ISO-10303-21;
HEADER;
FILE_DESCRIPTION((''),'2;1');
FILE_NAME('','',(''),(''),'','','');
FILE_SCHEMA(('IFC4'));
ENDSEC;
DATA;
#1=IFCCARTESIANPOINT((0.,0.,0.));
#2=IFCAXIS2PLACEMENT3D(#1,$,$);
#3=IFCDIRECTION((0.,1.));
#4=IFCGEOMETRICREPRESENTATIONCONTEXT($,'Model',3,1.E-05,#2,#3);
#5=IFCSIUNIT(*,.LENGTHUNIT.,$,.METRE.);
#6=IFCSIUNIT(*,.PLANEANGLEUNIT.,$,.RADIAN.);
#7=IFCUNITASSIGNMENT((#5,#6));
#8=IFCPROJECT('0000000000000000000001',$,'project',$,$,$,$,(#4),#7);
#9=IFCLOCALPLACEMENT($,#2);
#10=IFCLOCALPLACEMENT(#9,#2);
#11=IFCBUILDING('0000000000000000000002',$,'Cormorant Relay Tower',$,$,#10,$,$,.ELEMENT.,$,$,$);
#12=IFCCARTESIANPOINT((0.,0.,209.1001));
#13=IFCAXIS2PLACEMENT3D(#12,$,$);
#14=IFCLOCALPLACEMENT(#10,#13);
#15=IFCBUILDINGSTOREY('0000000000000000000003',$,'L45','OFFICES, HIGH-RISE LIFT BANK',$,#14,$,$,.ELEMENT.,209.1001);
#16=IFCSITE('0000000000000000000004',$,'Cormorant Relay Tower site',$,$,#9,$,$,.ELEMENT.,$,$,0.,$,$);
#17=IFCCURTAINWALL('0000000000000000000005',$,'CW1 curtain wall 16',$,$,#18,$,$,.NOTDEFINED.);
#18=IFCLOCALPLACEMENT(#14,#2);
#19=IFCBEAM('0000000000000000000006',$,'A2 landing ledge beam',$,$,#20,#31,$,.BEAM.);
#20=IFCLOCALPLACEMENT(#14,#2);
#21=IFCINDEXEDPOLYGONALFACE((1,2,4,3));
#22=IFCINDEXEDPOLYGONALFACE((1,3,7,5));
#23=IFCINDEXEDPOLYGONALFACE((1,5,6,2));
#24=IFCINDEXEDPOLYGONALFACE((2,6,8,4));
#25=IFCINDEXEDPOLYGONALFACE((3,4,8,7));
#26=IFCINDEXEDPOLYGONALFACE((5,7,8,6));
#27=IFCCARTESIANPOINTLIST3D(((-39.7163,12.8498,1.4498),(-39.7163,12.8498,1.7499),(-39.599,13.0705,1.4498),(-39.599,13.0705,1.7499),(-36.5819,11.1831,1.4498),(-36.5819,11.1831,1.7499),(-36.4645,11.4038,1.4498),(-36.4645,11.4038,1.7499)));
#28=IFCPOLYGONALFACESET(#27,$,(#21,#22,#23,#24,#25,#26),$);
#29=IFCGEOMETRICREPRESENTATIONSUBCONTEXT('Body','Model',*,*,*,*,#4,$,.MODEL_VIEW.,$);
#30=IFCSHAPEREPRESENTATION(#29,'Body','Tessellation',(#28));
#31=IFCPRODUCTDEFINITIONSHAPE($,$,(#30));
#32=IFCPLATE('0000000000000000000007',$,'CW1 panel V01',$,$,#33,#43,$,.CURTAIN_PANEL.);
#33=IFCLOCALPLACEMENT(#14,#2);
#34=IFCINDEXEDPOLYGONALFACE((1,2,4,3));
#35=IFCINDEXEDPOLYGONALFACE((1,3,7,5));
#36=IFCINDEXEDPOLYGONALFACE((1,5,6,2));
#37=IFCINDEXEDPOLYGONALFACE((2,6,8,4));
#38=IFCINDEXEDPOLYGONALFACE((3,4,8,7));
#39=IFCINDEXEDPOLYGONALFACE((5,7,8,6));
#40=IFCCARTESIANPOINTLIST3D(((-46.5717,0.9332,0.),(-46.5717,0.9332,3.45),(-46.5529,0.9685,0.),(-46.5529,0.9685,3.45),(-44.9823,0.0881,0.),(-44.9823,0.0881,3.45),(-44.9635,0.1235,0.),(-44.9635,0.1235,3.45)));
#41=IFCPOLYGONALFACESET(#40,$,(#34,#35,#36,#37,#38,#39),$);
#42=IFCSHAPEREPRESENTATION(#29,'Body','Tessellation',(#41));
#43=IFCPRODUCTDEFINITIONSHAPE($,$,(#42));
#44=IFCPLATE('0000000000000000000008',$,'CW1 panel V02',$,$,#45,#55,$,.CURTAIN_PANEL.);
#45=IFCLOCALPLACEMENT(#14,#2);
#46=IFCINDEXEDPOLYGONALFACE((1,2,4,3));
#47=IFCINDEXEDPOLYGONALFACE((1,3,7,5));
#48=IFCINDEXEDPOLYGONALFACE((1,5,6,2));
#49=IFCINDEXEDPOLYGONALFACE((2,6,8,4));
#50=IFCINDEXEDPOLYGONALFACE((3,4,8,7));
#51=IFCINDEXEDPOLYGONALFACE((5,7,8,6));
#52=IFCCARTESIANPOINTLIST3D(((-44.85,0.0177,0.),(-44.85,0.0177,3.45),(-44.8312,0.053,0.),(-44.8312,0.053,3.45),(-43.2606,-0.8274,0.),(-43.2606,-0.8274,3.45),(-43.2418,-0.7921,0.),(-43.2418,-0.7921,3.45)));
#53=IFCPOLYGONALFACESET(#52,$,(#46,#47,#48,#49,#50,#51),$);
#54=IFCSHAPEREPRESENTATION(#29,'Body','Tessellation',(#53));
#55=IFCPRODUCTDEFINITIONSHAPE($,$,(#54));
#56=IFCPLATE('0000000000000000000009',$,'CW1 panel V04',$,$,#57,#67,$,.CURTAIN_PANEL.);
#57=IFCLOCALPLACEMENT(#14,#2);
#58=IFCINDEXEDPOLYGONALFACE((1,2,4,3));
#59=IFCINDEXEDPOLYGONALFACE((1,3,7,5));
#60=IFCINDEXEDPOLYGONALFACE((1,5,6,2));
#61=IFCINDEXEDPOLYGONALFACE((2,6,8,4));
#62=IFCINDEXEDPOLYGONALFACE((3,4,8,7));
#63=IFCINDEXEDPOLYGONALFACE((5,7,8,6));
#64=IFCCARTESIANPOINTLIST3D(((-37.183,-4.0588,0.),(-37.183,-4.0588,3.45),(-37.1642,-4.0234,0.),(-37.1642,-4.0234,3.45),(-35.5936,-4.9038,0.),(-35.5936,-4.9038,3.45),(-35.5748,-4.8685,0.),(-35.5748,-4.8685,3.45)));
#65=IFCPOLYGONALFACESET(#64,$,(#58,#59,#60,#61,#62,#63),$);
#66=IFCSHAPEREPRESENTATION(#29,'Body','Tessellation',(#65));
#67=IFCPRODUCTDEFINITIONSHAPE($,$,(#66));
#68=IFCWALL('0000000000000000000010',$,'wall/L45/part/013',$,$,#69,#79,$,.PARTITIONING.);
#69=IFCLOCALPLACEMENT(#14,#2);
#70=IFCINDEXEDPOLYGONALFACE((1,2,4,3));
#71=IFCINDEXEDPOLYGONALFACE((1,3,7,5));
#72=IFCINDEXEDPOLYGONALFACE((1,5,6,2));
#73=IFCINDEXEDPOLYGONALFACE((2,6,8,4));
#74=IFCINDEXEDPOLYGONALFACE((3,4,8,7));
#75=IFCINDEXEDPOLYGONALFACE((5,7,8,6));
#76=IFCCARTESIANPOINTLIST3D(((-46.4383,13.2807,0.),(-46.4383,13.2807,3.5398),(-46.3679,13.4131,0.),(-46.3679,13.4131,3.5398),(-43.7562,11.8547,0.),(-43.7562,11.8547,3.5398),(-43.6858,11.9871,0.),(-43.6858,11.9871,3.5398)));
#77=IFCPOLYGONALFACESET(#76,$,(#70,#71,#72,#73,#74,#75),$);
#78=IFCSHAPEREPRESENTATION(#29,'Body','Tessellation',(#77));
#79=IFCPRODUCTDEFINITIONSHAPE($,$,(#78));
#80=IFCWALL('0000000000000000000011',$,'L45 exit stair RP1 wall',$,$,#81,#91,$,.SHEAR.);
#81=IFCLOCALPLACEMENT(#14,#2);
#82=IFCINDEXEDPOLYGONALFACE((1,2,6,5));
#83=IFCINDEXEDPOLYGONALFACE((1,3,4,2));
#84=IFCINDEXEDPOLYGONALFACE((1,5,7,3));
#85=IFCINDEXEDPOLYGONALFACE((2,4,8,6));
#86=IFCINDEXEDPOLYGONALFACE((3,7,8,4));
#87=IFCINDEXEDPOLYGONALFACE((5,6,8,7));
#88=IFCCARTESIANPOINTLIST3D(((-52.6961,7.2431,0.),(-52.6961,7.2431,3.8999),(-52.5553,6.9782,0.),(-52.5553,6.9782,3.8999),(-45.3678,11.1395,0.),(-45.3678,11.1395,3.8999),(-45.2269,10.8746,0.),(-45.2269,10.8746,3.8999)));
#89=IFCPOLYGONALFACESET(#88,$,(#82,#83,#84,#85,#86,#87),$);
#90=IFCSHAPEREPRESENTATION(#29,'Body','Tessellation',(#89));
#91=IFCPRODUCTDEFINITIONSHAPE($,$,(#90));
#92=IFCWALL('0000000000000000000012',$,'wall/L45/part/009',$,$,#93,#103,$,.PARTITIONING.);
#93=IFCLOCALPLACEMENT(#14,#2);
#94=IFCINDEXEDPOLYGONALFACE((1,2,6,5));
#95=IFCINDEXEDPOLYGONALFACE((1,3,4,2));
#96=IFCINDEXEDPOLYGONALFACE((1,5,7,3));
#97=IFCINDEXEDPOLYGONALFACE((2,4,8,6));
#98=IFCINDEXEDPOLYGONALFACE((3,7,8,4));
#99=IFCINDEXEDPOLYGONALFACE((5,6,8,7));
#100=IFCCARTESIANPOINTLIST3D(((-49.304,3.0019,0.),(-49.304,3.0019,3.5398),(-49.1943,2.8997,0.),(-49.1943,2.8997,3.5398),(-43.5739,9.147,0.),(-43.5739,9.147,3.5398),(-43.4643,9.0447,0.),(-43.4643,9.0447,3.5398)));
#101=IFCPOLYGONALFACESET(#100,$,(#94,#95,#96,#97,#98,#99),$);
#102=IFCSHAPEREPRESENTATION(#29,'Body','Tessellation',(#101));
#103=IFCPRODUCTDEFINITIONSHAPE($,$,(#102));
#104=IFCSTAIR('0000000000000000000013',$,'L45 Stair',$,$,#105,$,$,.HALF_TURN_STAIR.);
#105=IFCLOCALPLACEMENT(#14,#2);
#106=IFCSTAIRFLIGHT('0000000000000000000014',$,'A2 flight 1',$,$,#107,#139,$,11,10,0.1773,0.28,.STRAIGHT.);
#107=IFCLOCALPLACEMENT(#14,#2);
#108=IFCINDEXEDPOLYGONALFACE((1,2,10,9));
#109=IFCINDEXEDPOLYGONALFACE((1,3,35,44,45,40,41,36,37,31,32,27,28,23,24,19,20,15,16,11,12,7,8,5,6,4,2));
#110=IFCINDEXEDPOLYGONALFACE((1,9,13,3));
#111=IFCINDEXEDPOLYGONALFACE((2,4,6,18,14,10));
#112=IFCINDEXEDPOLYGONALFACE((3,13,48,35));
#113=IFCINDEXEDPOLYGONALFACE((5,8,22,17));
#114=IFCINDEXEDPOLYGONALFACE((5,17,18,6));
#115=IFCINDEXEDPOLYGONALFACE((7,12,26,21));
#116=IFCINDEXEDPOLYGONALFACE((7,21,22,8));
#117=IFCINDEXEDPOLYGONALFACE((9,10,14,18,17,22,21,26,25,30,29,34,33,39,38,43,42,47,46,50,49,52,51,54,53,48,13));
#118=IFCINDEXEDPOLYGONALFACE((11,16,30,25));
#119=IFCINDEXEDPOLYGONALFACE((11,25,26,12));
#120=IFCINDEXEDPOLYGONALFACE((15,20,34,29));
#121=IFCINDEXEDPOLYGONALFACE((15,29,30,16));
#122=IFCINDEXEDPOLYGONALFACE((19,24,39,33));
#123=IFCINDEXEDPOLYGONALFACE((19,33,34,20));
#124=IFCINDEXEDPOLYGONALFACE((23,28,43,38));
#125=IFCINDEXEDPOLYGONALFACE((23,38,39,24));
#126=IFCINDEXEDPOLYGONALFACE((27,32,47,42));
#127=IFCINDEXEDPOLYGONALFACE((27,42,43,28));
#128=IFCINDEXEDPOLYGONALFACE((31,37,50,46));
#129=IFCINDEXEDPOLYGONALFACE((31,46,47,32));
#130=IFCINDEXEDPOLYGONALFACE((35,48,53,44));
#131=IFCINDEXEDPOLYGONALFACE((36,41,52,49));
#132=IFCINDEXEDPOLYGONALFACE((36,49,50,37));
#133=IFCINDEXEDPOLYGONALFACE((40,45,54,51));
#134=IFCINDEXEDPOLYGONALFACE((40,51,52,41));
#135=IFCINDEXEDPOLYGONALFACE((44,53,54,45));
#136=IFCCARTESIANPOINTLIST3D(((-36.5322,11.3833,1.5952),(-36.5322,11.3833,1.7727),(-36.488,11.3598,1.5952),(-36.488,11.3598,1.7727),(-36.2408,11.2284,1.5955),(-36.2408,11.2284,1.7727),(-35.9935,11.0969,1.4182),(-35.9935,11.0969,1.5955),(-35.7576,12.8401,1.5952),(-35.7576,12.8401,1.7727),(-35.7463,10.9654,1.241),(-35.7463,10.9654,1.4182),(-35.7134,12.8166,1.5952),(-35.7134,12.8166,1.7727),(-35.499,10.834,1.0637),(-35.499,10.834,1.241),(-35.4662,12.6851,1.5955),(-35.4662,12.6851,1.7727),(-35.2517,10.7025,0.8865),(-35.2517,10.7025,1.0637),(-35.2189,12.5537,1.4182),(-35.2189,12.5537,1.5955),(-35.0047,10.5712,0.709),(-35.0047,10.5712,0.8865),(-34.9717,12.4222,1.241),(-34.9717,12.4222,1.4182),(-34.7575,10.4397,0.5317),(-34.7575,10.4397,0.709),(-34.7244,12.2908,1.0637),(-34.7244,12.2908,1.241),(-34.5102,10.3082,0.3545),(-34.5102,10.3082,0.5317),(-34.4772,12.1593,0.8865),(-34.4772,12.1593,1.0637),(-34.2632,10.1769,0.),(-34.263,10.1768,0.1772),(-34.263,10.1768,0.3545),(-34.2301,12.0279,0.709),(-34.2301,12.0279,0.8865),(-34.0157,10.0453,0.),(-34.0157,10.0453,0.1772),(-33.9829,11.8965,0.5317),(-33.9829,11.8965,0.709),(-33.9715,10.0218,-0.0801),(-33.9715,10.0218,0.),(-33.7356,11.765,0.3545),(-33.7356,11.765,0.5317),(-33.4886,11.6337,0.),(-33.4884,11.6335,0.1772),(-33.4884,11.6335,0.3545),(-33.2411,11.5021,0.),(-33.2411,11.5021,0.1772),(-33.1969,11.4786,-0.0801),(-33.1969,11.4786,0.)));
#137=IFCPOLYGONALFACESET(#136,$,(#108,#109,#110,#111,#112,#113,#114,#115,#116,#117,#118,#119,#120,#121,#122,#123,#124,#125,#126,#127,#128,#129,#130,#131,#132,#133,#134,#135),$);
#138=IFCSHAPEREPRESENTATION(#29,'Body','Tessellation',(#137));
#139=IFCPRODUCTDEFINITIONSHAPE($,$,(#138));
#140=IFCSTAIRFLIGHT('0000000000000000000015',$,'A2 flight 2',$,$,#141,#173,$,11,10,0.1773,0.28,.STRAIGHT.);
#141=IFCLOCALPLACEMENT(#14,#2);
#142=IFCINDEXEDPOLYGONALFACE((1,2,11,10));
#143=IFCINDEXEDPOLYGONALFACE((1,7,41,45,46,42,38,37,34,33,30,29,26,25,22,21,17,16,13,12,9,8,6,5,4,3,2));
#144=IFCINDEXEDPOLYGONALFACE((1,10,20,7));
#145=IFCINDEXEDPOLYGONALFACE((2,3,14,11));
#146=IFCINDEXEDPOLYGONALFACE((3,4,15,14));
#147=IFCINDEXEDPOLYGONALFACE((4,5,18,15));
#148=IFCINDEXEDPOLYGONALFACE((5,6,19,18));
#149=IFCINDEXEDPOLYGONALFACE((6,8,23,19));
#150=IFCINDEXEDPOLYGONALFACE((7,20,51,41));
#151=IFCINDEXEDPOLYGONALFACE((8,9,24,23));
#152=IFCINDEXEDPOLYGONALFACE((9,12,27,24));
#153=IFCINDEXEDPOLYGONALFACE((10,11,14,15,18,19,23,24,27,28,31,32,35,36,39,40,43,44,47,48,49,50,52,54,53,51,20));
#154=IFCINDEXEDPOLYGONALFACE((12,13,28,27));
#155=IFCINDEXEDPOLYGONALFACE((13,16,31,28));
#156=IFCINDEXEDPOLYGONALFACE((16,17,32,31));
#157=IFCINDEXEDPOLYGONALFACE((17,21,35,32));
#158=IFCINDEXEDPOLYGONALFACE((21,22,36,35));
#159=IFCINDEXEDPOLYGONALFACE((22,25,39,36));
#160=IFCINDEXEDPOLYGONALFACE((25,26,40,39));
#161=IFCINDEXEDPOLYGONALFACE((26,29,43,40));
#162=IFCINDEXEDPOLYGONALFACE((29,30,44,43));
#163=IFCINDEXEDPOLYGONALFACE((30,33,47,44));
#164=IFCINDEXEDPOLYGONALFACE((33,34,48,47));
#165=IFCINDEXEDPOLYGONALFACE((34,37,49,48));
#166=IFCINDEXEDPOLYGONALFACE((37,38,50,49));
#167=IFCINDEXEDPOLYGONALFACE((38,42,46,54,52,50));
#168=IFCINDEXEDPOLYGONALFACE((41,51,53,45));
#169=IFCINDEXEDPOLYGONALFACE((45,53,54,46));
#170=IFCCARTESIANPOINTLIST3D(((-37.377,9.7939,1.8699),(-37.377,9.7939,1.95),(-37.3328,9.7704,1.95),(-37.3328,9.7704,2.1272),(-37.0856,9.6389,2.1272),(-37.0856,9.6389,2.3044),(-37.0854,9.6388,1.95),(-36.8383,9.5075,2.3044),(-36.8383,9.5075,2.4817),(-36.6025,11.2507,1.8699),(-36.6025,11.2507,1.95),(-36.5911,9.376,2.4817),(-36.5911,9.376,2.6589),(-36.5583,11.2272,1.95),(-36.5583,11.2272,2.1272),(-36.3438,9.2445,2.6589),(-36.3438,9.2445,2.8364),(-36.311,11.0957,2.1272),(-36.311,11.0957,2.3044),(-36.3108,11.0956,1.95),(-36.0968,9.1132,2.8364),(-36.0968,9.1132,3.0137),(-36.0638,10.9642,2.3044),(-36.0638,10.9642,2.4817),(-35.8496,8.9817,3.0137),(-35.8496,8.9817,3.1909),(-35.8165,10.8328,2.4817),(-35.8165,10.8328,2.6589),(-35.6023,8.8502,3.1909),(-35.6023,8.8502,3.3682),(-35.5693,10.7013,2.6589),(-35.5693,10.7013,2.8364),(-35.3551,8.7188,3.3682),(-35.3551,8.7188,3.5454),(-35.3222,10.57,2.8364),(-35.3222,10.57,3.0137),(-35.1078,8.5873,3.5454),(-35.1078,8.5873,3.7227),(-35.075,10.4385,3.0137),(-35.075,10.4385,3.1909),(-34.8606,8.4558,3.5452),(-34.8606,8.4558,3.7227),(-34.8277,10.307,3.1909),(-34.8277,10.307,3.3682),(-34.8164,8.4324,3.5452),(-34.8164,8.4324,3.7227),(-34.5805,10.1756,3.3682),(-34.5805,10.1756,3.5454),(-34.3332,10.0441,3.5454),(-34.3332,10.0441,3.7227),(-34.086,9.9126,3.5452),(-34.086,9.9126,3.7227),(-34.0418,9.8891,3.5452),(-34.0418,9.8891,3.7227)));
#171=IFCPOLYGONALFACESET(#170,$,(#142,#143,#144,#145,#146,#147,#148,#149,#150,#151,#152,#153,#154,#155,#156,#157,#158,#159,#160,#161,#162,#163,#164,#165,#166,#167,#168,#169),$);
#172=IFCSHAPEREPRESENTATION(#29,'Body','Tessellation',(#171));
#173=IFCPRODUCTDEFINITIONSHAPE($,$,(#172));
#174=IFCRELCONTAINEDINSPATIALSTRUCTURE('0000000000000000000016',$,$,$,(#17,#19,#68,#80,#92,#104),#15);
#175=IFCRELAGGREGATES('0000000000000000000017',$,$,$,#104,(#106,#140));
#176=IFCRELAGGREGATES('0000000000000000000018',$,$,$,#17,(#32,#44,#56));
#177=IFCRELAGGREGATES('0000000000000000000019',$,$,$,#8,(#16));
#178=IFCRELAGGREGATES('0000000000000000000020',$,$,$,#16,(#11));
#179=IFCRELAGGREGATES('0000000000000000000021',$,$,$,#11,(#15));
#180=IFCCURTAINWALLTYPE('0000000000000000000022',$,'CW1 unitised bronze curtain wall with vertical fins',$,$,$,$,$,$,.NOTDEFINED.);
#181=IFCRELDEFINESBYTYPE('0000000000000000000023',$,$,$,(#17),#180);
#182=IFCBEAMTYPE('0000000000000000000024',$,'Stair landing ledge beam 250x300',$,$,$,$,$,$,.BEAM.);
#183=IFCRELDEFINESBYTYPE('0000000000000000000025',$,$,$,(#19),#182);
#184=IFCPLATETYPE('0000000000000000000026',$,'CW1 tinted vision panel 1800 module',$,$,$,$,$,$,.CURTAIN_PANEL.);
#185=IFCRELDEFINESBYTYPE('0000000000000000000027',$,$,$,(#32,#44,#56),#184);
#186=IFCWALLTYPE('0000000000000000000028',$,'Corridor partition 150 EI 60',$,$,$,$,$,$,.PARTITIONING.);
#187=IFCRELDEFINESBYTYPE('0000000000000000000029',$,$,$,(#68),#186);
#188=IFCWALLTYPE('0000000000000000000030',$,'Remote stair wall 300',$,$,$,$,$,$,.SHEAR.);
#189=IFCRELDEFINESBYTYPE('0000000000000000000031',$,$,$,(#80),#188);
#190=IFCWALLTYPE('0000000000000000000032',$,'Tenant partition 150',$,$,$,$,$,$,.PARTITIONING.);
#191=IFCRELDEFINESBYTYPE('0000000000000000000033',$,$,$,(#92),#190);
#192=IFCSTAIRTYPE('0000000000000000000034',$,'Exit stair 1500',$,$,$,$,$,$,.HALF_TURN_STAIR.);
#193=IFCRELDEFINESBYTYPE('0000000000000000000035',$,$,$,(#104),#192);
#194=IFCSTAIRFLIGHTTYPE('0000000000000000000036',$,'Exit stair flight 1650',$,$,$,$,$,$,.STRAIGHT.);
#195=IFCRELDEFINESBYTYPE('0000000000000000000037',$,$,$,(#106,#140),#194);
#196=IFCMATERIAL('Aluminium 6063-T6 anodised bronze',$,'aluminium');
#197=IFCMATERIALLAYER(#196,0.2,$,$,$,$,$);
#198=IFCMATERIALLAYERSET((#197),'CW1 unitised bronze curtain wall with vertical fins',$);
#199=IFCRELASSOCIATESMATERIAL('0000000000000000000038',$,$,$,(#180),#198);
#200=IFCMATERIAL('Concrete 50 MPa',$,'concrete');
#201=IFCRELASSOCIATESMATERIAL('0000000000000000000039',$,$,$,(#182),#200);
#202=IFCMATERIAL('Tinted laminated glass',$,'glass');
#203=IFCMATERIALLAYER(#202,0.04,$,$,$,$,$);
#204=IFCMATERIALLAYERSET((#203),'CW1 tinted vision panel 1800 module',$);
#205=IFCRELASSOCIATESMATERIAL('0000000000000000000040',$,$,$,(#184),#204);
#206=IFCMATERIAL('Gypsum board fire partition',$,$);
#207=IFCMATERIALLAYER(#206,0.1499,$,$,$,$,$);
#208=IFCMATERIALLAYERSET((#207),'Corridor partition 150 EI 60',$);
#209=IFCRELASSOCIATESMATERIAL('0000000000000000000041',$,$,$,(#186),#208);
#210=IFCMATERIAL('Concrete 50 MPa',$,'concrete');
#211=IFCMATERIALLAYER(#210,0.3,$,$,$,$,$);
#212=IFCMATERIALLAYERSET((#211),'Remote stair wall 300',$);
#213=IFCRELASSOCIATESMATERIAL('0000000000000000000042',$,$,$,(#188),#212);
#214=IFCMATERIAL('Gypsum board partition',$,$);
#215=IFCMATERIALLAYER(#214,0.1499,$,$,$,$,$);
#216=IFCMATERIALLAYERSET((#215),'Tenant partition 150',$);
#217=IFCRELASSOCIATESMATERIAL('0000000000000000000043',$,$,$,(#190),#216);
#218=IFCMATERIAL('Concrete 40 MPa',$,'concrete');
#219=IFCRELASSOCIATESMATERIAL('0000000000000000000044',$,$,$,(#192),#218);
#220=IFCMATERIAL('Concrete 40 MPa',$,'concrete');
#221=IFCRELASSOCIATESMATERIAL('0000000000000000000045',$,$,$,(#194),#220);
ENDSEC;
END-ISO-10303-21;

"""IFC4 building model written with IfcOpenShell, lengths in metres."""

from ifc_helpers import new_model, si_unit, direction, frame, frame_2d, origin, origin_2d, place, context, subcontext, project, spatial, polyline, rectangle, outline, extrude, material, layer, layer_set, material_profile, profile_set, type_object, element, aggregate, save


model = new_model("IFC4")

# Units and contexts
model_context = context("Model", 3, precision=1e-05, world=origin(), true_north=direction((0.0, 1.0)))
body_context = subcontext(model_context, "Body", "Model", "MODEL_VIEW")
ifc_project = project(units=[si_unit("LENGTHUNIT", "METRE"), si_unit("PLANEANGLEUNIT", "RADIAN")], contexts=[model_context])

# Site, building, storey
site_placement = place(None, origin())
site = spatial("IfcSite", under=ifc_project, at=site_placement, Name="Cormorant Relay Tower site", CompositionType="ELEMENT", RefElevation=0.0)
building_placement = place(site_placement, origin())
building = spatial("IfcBuilding", under=site, at=building_placement, Name="Cormorant Relay Tower", CompositionType="ELEMENT")
storey_placement = place(building_placement, frame((0.0, 0.0, 209.1001)))
storey = spatial("IfcBuildingStorey", under=building, at=storey_placement, Name="L45", Description="OFFICES, HIGH-RISE LIFT BANK", CompositionType="ELEMENT", Elevation=209.1001)

# Curtain wall
ifc_material_1 = material(Name="Aluminium 6063-T6 anodised bronze", Category="aluminium")
ifc_layer_1 = layer(ifc_material_1, 0.2)
ifc_layer_set_1 = layer_set([ifc_layer_1], Name="CW1 unitised bronze curtain wall with vertical fins")
curtain_wall_type = type_object("IfcCurtainWallType", Name="CW1 unitised bronze curtain wall with vertical fins", PredefinedType="NOTDEFINED", material=ifc_layer_set_1)
curtain_wall_placement = place(storey_placement, origin())
curtain_wall = element("IfcCurtainWall", 1, at=curtain_wall_placement, inside=storey, type_object=curtain_wall_type, Name="CW1 curtain wall 16", PredefinedType="NOTDEFINED")

# Beam
ifc_material_2 = material(Name="Concrete 50 MPa", Category="concrete")
ifc_material_profile_1 = material_profile(ifc_material_2, rectangle(XDim=0.25, YDim=0.3, at=origin_2d()), Name="RC 250x300")
ifc_profile_set_1 = profile_set([ifc_material_profile_1], Name="Concrete 50 MPa")
beam_type_1 = type_object("IfcBeamType", Name="Stair landing ledge beam 250x300", PredefinedType="BEAM", material=ifc_profile_set_1)
beam_1_placement = place(storey_placement, frame((-36.5232, 11.2935, 1.5999), z_axis=(-0.882937, 0.469492, 0.0), x_axis=(-0.469492, -0.882937, 0.0)))
element("IfcBeam", 2, at=beam_1_placement, inside=storey, type_object=beam_type_1, Name="A2 landing ledge beam", PredefinedType="BEAM", context=body_context, shape_type="SweptSolid", body=[
    extrude(rectangle(XDim=0.25, YDim=0.3, at=origin_2d()), origin(), (0.0, 0.0, 1.0), 3.55),
])

# Plates
ifc_material_3 = material(Name="Tinted laminated glass", Category="glass")
ifc_layer_2 = layer(ifc_material_3, 0.04)
ifc_layer_set_2 = layer_set([ifc_layer_2], Name="CW1 tinted vision panel 1800 module")
plate_type = type_object("IfcPlateType", Name="CW1 tinted vision panel 1800 module", PredefinedType="CURTAIN_PANEL", material=ifc_layer_set_2)
plate_1_placement = place(storey_placement, frame((-45.7676, 0.5283, 0.0), z_axis=(0.0, 0.0, 1.0), x_axis=(0.882948, -0.469472, 0.0)))
plate_1 = element("IfcPlate", 3, at=plate_1_placement, type_object=plate_type, Name="CW1 panel V01", PredefinedType="CURTAIN_PANEL", context=body_context, shape_type="SweptSolid", body=[
    extrude(rectangle(XDim=1.8, YDim=0.04, at=origin_2d()), origin(), (0.0, 0.0, 1.0), 3.45),
])
plate_2_placement = place(storey_placement, frame((-44.0459, -0.3872, 0.0), z_axis=(0.0, 0.0, 1.0), x_axis=(0.882948, -0.469472, 0.0)))
plate_2 = element("IfcPlate", 4, at=plate_2_placement, type_object=plate_type, Name="CW1 panel V02", PredefinedType="CURTAIN_PANEL", context=body_context, shape_type="SweptSolid", body=[
    extrude(rectangle(XDim=1.8, YDim=0.04, at=origin_2d()), origin(), (0.0, 0.0, 1.0), 3.45),
])
plate_3_placement = place(storey_placement, frame((-36.3789, -4.4636, 0.0), z_axis=(0.0, 0.0, 1.0), x_axis=(0.882948, -0.469472, 0.0)))
plate_3 = element("IfcPlate", 5, at=plate_3_placement, type_object=plate_type, Name="CW1 panel V04", PredefinedType="CURTAIN_PANEL", context=body_context, shape_type="SweptSolid", body=[
    extrude(rectangle(XDim=1.8, YDim=0.04, at=origin_2d()), origin(), (0.0, 0.0, 1.0), 3.45),
])

# Walls
ifc_material_4 = material(Name="Gypsum board fire partition")
ifc_layer_3 = layer(ifc_material_4, 0.1499)
ifc_layer_set_3 = layer_set([ifc_layer_3], Name="Corridor partition 150 EI 60")
wall_type_1 = type_object("IfcWallType", Name="Corridor partition 150 EI 60", PredefinedType="PARTITIONING", material=ifc_layer_set_3)
wall_1_placement = place(storey_placement, frame((-46.4031, 13.3469, 0.0), z_axis=(0.0, 0.0, 1.0), x_axis=(0.88296, -0.469449, 0.0)))
element("IfcWall", 6, at=wall_1_placement, inside=storey, type_object=wall_type_1, Name="wall/L45/part/013", PredefinedType="PARTITIONING", context=body_context, shape_type="SweptSolid", body=[
    extrude(rectangle(XDim=3.0376, YDim=0.1499, at=frame_2d((1.5188, 0.0))), origin(), (0.0, 0.0, 1.0), 3.5398),
])
ifc_material_5 = material(Name="Concrete 50 MPa", Category="concrete")
ifc_layer_4 = layer(ifc_material_5, 0.3)
ifc_layer_set_4 = layer_set([ifc_layer_4], Name="Remote stair wall 300")
wall_type_2 = type_object("IfcWallType", Name="Remote stair wall 300", PredefinedType="SHEAR", material=ifc_layer_set_4)
wall_2_placement = place(storey_placement, frame((-45.2974, 11.0071, 0.0), z_axis=(0.0, 0.0, 1.0), x_axis=(-0.882952, -0.469464, 0.0)))
element("IfcWall", 7, at=wall_2_placement, inside=storey, type_object=wall_type_2, Name="L45 exit stair RP1 wall", PredefinedType="SHEAR", context=body_context, shape_type="SweptSolid", body=[
    extrude(rectangle(XDim=8.2998, YDim=0.3, at=frame_2d((4.1499, 0.0))), origin(), (0.0, 0.0, 1.0), 3.8999),
])
ifc_material_6 = material(Name="Gypsum board partition")
ifc_layer_5 = layer(ifc_material_6, 0.1499)
ifc_layer_set_5 = layer_set([ifc_layer_5], Name="Tenant partition 150")
wall_type_3 = type_object("IfcWallType", Name="Tenant partition 150", PredefinedType="PARTITIONING", material=ifc_layer_set_5)
wall_3_placement = place(storey_placement, frame((-43.519, 9.0959, 0.0), z_axis=(0.0, 0.0, 1.0), x_axis=(-0.681977, -0.731374, 0.0)))
element("IfcWall", 8, at=wall_3_placement, inside=storey, type_object=wall_type_3, Name="wall/L45/part/009", PredefinedType="PARTITIONING", context=body_context, shape_type="SweptSolid", body=[
    extrude(rectangle(XDim=8.4021, YDim=0.1499, at=frame_2d((4.2012, 0.0))), origin(), (0.0, 0.0, 1.0), 3.5398),
])

# Stair, stair flights
ifc_material_7 = material(Name="Concrete 40 MPa", Category="concrete")
stair_type = type_object("IfcStairType", Name="Exit stair 1500", PredefinedType="HALF_TURN_STAIR", material=ifc_material_7)
stair_placement = place(storey_placement, origin())
stair = element("IfcStair", 9, at=stair_placement, inside=storey, type_object=stair_type, Name="L45 Stair", PredefinedType="HALF_TURN_STAIR")
ifc_material_8 = material(Name="Concrete 40 MPa", Category="concrete")
stair_flight_type = type_object("IfcStairFlightType", Name="Exit stair flight 1650", PredefinedType="STRAIGHT", material=ifc_material_8)
stair_flight_1_placement = place(storey_placement, frame((-33.6284, 10.7737, 0.0), z_axis=(0.0, 0.0, 1.0), x_axis=(-0.882948, 0.469472, 0.0)))
stair_flight_1 = element("IfcStairFlight", 10, at=stair_flight_1_placement, type_object=stair_flight_type, Name="A2 flight 1", NumberOfRisers=11, NumberOfTreads=10, PredefinedType="STRAIGHT", RiserHeight=0.1773, TreadLength=0.28, context=body_context, shape_type="SweptSolid", body=[
    extrude(outline(polyline([(-0.05, -0.0801), (-0.05, 0.0), (0.0, 0.0), (0.0, 0.1772), (0.28, 0.1772), (0.28, 0.3545), (0.5601, 0.3545), (0.5601, 0.5317), (0.8401, 0.5317), (0.8401, 0.709), (1.1201, 0.709), (1.1201, 0.8865), (1.3999, 0.8865), (1.3999, 1.0637), (1.6799, 1.0637), (1.6799, 1.241), (1.96, 1.241), (1.96, 1.4182), (2.24, 1.4182), (2.24, 1.5955), (2.52, 1.5955), (2.52, 1.7727), (2.8, 1.7727), (2.8501, 1.7727), (2.8501, 1.5952), (2.8, 1.5952), (0.2803, 0.0), (-0.05, -0.0801)])), frame((0.0, 0.825, 0.0), z_axis=(0.0, -1.0, 0.0), x_axis=(1.0, 0.0, 0.0)), (0.0, 0.0, 1.0), 1.6499),
])
stair_flight_2_placement = place(storey_placement, frame((-36.9456, 10.4988, 1.95), z_axis=(0.0, 0.0, 1.0), x_axis=(0.882948, -0.469472, 0.0)))
stair_flight_2 = element("IfcStairFlight", 11, at=stair_flight_2_placement, type_object=stair_flight_type, Name="A2 flight 2", NumberOfRisers=11, NumberOfTreads=10, PredefinedType="STRAIGHT", RiserHeight=0.1773, TreadLength=0.28, context=body_context, shape_type="SweptSolid", body=[
    extrude(outline(polyline([(-0.05, -0.0801), (-0.05, 0.0), (0.0, 0.0), (0.0, 0.1772), (0.28, 0.1772), (0.28, 0.3545), (0.5601, 0.3545), (0.5601, 0.5317), (0.8401, 0.5317), (0.8401, 0.709), (1.1201, 0.709), (1.1201, 0.8865), (1.3999, 0.8865), (1.3999, 1.0637), (1.6799, 1.0637), (1.6799, 1.241), (1.96, 1.241), (1.96, 1.4182), (2.24, 1.4182), (2.24, 1.5955), (2.52, 1.5955), (2.52, 1.7727), (2.8, 1.7727), (2.8501, 1.7727), (2.8501, 1.5952), (2.8, 1.5952), (0.2803, 0.0), (-0.05, -0.0801)])), frame((0.0, 0.825, 0.0), z_axis=(0.0, -1.0, 0.0), x_axis=(1.0, 0.0, 0.0)), (0.0, 0.0, 1.0), 1.6499),
])
aggregate(stair, [stair_flight_1, stair_flight_2])

aggregate(curtain_wall, [plate_1, plate_2, plate_3])

save(model, "model.ifc")
